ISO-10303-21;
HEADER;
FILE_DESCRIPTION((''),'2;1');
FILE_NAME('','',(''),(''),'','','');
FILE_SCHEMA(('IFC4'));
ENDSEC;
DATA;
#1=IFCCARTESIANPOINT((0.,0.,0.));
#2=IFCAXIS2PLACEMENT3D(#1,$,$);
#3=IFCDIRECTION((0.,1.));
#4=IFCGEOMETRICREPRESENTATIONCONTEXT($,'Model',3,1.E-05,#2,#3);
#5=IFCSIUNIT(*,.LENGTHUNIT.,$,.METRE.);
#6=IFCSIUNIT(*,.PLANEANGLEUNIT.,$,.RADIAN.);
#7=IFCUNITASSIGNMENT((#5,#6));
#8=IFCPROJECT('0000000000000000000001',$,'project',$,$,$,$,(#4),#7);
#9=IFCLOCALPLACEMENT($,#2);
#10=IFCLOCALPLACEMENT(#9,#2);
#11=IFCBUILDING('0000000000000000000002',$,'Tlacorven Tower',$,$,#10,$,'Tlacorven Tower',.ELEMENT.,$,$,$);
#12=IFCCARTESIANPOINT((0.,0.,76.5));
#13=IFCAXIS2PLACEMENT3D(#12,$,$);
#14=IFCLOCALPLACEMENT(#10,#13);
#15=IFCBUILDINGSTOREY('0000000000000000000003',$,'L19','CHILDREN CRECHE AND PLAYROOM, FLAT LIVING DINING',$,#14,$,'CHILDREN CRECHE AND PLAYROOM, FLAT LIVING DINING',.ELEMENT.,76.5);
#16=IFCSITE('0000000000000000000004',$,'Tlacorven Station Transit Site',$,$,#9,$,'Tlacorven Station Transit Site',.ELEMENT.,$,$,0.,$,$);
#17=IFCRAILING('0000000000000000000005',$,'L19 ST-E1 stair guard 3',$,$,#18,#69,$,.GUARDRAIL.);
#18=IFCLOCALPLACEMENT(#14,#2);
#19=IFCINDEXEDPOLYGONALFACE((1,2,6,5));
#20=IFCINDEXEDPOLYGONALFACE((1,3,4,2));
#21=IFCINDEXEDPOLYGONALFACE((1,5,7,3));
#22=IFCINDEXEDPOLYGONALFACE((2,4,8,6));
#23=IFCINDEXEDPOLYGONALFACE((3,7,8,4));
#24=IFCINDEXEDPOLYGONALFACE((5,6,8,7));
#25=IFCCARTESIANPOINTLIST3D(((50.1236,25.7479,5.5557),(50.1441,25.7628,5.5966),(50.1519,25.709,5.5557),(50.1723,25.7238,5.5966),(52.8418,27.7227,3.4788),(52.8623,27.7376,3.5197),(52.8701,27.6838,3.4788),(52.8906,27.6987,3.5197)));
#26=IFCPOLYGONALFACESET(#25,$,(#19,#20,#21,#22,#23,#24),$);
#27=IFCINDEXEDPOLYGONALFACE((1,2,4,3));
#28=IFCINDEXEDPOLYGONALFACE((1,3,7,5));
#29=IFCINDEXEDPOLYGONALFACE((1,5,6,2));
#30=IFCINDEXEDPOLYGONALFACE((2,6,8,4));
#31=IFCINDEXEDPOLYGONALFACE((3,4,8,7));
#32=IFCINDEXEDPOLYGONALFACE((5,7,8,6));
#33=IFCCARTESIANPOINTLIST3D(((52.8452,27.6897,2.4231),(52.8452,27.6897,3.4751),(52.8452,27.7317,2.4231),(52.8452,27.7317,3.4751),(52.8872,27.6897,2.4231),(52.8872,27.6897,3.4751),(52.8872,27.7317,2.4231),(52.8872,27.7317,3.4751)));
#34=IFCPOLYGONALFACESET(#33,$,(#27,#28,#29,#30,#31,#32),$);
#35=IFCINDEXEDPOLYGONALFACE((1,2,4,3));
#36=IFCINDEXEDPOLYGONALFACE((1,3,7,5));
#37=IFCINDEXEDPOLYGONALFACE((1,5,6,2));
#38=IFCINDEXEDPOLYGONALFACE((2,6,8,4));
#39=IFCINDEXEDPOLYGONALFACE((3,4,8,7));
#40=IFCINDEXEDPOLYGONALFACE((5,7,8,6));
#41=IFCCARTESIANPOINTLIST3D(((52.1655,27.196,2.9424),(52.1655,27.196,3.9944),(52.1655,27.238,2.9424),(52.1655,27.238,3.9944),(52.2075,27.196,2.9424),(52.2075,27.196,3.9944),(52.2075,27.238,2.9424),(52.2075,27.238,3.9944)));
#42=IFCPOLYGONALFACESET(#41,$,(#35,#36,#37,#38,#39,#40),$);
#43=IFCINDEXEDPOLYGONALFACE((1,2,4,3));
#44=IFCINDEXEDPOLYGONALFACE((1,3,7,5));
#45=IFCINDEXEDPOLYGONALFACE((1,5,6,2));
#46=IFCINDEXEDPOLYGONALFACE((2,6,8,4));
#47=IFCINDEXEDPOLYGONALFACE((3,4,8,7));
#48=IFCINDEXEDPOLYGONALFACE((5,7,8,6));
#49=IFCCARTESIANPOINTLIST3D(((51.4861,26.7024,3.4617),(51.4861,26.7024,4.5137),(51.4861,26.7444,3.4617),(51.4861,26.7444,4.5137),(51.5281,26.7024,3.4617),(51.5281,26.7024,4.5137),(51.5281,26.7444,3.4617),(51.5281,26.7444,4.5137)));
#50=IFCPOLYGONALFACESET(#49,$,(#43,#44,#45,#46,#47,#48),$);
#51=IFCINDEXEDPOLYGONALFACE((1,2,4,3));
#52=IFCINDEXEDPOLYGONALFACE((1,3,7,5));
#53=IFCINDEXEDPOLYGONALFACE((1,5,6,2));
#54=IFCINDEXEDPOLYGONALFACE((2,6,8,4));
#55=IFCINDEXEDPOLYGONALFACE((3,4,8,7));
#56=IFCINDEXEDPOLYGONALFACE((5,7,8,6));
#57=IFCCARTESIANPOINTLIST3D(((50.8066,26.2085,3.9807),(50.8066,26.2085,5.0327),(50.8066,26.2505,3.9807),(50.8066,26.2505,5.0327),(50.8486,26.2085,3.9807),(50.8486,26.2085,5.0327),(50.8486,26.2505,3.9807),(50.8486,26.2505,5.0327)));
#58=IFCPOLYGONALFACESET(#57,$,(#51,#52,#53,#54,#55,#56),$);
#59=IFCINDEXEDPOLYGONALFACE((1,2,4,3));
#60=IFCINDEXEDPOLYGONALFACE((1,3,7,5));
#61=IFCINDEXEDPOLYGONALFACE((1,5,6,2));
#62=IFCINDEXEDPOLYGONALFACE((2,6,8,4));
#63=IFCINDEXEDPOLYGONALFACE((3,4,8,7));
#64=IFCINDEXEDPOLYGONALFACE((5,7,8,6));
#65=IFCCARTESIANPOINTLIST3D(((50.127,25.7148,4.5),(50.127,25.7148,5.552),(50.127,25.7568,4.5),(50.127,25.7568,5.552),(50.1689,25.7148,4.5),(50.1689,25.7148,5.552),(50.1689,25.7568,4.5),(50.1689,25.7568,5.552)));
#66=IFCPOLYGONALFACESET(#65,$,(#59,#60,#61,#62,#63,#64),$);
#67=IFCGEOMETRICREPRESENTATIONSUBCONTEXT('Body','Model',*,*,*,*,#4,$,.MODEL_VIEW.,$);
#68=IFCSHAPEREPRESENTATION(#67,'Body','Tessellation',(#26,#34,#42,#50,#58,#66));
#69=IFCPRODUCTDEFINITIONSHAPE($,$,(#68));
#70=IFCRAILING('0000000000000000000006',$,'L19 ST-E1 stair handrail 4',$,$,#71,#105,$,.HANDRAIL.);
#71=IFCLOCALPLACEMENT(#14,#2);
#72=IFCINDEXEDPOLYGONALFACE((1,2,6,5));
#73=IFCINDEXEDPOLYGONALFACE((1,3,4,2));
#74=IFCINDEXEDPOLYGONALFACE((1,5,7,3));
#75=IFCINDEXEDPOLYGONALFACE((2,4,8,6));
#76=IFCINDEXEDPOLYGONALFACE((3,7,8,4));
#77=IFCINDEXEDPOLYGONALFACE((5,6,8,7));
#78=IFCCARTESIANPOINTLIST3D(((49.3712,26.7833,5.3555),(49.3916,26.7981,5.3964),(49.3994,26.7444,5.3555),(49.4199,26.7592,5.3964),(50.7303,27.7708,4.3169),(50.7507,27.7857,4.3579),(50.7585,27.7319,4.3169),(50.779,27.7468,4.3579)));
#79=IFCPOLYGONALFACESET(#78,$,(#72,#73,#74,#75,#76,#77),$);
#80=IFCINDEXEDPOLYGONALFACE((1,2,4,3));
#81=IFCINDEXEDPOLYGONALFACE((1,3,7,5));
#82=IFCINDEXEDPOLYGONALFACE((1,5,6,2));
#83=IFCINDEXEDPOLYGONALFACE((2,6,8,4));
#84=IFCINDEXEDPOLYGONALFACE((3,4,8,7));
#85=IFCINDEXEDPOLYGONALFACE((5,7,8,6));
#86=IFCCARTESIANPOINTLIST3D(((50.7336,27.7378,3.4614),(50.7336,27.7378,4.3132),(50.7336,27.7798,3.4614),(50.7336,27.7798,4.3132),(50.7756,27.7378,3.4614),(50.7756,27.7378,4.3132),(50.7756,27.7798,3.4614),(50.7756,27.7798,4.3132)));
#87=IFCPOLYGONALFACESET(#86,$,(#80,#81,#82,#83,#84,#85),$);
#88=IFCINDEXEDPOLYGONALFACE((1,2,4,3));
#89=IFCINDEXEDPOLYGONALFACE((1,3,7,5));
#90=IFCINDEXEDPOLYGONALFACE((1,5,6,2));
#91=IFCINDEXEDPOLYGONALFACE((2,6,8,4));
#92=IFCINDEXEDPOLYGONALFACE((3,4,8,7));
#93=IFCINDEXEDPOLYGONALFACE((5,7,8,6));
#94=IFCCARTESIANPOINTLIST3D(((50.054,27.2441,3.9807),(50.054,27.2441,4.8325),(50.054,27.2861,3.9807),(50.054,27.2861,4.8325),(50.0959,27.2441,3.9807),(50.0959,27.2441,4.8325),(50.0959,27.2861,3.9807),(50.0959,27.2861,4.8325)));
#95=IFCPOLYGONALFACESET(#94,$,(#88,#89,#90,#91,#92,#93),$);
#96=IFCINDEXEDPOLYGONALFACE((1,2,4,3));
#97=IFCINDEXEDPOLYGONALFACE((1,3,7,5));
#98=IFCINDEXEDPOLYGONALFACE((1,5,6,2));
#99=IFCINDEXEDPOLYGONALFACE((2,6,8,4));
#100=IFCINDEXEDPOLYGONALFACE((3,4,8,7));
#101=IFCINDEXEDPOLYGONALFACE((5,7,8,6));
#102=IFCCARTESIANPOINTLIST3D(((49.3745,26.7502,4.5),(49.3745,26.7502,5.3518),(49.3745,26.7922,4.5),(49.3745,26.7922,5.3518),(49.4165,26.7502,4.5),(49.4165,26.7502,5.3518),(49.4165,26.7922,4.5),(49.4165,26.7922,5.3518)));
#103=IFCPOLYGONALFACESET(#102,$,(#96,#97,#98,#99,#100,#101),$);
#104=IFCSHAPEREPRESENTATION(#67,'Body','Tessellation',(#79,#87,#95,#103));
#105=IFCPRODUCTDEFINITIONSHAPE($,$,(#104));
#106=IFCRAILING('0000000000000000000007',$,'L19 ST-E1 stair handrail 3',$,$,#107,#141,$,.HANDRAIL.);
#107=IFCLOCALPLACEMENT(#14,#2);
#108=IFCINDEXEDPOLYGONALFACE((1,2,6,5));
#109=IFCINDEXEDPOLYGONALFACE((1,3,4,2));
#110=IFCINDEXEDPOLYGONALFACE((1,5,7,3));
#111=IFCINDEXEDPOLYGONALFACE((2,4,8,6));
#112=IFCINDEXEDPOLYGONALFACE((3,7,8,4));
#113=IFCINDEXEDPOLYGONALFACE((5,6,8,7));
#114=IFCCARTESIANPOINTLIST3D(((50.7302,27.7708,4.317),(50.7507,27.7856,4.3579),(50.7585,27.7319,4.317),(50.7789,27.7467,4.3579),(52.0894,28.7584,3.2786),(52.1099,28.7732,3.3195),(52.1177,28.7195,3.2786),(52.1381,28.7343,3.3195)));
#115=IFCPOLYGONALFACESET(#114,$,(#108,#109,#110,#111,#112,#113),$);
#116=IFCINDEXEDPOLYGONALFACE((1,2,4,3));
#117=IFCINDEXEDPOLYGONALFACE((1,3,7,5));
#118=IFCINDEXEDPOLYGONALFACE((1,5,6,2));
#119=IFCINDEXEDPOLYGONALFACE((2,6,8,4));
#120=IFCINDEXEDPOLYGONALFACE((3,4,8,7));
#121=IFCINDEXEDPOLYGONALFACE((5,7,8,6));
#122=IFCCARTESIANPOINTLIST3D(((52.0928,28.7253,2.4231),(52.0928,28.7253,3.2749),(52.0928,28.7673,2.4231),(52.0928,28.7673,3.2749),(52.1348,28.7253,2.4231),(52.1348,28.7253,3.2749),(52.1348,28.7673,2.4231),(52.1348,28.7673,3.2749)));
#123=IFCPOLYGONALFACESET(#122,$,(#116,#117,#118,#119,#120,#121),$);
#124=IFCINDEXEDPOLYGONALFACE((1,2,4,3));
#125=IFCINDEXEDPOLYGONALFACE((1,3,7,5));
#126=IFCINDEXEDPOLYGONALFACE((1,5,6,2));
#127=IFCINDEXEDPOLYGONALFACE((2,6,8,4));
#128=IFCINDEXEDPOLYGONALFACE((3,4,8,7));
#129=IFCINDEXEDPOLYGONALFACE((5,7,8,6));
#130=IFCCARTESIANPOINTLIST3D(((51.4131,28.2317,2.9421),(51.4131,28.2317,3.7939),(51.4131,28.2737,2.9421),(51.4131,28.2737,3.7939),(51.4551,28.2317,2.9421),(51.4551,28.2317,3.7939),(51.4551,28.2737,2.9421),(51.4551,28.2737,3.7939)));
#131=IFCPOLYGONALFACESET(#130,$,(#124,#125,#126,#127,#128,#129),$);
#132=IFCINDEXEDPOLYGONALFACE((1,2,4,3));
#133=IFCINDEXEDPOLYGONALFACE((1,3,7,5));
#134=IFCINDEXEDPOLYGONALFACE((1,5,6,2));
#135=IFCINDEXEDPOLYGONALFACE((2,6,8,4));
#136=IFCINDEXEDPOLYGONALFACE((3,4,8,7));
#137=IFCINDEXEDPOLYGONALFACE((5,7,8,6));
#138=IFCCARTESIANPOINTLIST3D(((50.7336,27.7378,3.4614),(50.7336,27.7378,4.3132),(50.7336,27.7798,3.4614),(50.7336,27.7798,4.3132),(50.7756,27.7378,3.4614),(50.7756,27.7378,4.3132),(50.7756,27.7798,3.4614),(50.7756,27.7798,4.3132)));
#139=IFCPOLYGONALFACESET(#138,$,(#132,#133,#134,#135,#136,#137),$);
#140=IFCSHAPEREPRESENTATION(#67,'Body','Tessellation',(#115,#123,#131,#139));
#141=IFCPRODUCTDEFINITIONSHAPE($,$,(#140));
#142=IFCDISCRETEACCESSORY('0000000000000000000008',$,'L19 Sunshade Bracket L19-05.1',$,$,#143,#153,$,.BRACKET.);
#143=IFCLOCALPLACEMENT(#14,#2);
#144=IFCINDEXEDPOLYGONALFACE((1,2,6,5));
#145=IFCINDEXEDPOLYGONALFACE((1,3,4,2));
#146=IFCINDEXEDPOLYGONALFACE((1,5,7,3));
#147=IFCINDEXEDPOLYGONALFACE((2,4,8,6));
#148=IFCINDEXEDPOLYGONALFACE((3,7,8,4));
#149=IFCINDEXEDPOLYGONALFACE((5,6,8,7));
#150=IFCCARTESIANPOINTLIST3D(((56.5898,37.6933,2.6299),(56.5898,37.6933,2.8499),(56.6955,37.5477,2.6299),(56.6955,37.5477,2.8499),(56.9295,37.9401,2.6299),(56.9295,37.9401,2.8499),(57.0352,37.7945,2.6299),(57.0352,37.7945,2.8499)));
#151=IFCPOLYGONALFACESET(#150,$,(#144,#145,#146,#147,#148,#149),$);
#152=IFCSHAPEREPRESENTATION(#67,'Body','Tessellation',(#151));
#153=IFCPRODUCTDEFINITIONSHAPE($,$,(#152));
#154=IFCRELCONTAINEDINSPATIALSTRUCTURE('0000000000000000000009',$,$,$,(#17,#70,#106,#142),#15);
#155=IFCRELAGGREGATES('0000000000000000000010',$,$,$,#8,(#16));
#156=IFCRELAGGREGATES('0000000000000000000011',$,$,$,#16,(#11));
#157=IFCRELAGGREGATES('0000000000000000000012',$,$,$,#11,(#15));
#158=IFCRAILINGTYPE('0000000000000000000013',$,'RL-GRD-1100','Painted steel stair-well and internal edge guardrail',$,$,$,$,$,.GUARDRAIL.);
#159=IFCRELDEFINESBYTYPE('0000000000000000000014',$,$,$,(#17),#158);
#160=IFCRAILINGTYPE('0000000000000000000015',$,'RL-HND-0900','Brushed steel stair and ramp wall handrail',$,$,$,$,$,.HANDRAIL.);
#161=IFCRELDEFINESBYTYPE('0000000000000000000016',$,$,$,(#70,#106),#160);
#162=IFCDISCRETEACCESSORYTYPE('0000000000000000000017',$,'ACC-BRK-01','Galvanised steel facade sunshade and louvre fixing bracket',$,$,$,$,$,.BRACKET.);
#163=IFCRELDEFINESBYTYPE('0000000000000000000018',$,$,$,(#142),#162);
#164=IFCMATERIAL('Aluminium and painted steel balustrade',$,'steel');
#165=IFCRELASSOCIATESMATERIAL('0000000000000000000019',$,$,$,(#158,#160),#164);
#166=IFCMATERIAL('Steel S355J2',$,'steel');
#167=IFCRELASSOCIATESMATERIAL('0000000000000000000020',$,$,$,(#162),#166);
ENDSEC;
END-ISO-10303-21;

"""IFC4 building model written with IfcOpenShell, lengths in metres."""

from ifc_helpers import new_model, si_unit, direction, frame, origin, origin_2d, place, context, subcontext, project, spatial, rectangle, extrude, source, transform, mapped, material, type_object, element, save


model = new_model("IFC4")

# Units and contexts
model_context = context("Model", 3, precision=1e-05, world=origin(), true_north=direction((0.0, 1.0)))
body_context = subcontext(model_context, "Body", "Model", "MODEL_VIEW")
ifc_project = project(units=[si_unit("LENGTHUNIT", "METRE"), si_unit("PLANEANGLEUNIT", "RADIAN")], contexts=[model_context])

# Site, building, storey
site_placement = place(None, origin())
site = spatial("IfcSite", under=ifc_project, at=site_placement, Name="Tlacorven Station Transit Site", LongName="Tlacorven Station Transit Site", CompositionType="ELEMENT", RefElevation=0.0)
building_placement = place(site_placement, origin())
building = spatial("IfcBuilding", under=site, at=building_placement, Name="Tlacorven Tower", LongName="Tlacorven Tower", CompositionType="ELEMENT")
storey_placement = place(building_placement, frame((0.0, 0.0, 76.5)))
storey = spatial("IfcBuildingStorey", under=building, at=storey_placement, Name="L19", Description="CHILDREN CRECHE AND PLAYROOM, FLAT LIVING DINING", LongName="CHILDREN CRECHE AND PLAYROOM, FLAT LIVING DINING", CompositionType="ELEMENT", Elevation=76.5)

# Shared definitions
ifc_material_1 = material(Name="Steel S355J2", Category="steel")

# Shared definitions
ifc_material_2 = material(Name="Aluminium and painted steel balustrade", Category="steel")

# Railings
railing_type_1 = type_object("IfcRailingType", Name="RL-GRD-1100", Description="Painted steel stair-well and internal edge guardrail", PredefinedType="GUARDRAIL", material=ifc_material_2)
shared_shape_1 = source(origin(), body_context, "Body", "SweptSolid", [
    extrude(rectangle(XDim=0.0481, YDim=0.0481, at=origin_2d()), frame((0.0, 0.0, 1.0762), z_axis=(-0.688167, -0.499963, 0.525798), x_axis=(0.58777, -0.809028, 0.0)), (0.0, 0.0, 1.0), 3.95),
    extrude(rectangle(XDim=0.042, YDim=0.042, at=origin_2d()), origin(), (0.0, 0.0, 1.0), 1.052),
    extrude(rectangle(XDim=0.042, YDim=0.042, at=origin_2d()), frame((-0.6797, -0.4937, 0.5193)), (0.0, 0.0, 1.0), 1.052),
    extrude(rectangle(XDim=0.042, YDim=0.042, at=origin_2d()), frame((-1.3591, -0.9873, 1.0386)), (0.0, 0.0, 1.0), 1.052),
    extrude(rectangle(XDim=0.042, YDim=0.042, at=origin_2d()), frame((-2.0386, -1.4812, 1.5576)), (0.0, 0.0, 1.0), 1.052),
    extrude(rectangle(XDim=0.042, YDim=0.042, at=origin_2d()), frame((-2.7183, -1.9749, 2.0769)), (0.0, 0.0, 1.0), 1.052),
])
railing_1_placement = place(storey_placement, frame((52.8662, 27.7107, 2.4231)))
element("IfcRailing", 1, at=railing_1_placement, inside=storey, type_object=railing_type_1, Name="L19 ST-E1 stair guard 3", PredefinedType="GUARDRAIL", context=body_context, shape_type="MappedRepresentation", body=[
    mapped(shared_shape_1, transform((0.0, 0.0, 0.0), scale=1.0)),
])
railing_type_2 = type_object("IfcRailingType", Name="RL-HND-0900", Description="Brushed steel stair and ramp wall handrail", PredefinedType="HANDRAIL", material=ifc_material_2)
shared_shape_2 = source(origin(), body_context, "Body", "SweptSolid", [
    extrude(rectangle(XDim=0.0481, YDim=0.0481, at=origin_2d()), frame((0.0, 0.0, 0.876), z_axis=(-0.688123, -0.499993, 0.525827), x_axis=(0.587817, -0.808994, 0.0)), (0.0, 0.0, 1.0), 1.9751),
    extrude(rectangle(XDim=0.042, YDim=0.042, at=origin_2d()), origin(), (0.0, 0.0, 1.0), 0.8518),
    extrude(rectangle(XDim=0.042, YDim=0.042, at=origin_2d()), frame((-0.6797, -0.4937, 0.5193)), (0.0, 0.0, 1.0), 0.8518),
    extrude(rectangle(XDim=0.042, YDim=0.042, at=origin_2d()), frame((-1.3591, -0.9875, 1.0386)), (0.0, 0.0, 1.0), 0.8518),
])
railing_2_placement = place(storey_placement, frame((50.7546, 27.7588, 3.4614)))
element("IfcRailing", 2, at=railing_2_placement, inside=storey, type_object=railing_type_2, Name="L19 ST-E1 stair handrail 4", PredefinedType="HANDRAIL", context=body_context, shape_type="MappedRepresentation", body=[
    mapped(shared_shape_2, transform((0.0, 0.0, 0.0), scale=1.0)),
])
shared_shape_3 = source(origin(), body_context, "Body", "SweptSolid", [
    extrude(rectangle(XDim=0.0481, YDim=0.0481, at=origin_2d()), frame((0.0, 0.0, 0.876), z_axis=(-0.688168, -0.500025, 0.525737), x_axis=(0.587817, -0.808994, 0.0)), (0.0, 0.0, 1.0), 1.9751),
    extrude(rectangle(XDim=0.042, YDim=0.042, at=origin_2d()), origin(), (0.0, 0.0, 1.0), 0.8518),
    extrude(rectangle(XDim=0.042, YDim=0.042, at=origin_2d()), frame((-0.6797, -0.4937, 0.519)), (0.0, 0.0, 1.0), 0.8518),
    extrude(rectangle(XDim=0.042, YDim=0.042, at=origin_2d()), frame((-1.3591, -0.9875, 1.0383)), (0.0, 0.0, 1.0), 0.8518),
])
railing_3_placement = place(storey_placement, frame((52.1138, 28.7463, 2.4231)))
element("IfcRailing", 3, at=railing_3_placement, inside=storey, type_object=railing_type_2, Name="L19 ST-E1 stair handrail 3", PredefinedType="HANDRAIL", context=body_context, shape_type="MappedRepresentation", body=[
    mapped(shared_shape_3, transform((0.0, 0.0, 0.0), scale=1.0)),
])

# Discrete accessory
discrete_accessory_type = type_object("IfcDiscreteAccessoryType", Name="ACC-BRK-01", Description="Galvanised steel facade sunshade and louvre fixing bracket", PredefinedType="BRACKET", material=ifc_material_1)
shared_shape_4 = source(origin(), body_context, "Body", "SweptSolid", [
    extrude(rectangle(XDim=0.1799, YDim=0.4199, at=origin_2d()), origin(), (0.0, 0.0, 1.0), 0.22),
])
discrete_accessory_placement = place(storey_placement, frame((56.8125, 37.7439, 2.6299), z_axis=(0.0, 0.0, 1.0), x_axis=(0.587785, -0.809017, 0.0)))
element("IfcDiscreteAccessory", 4, at=discrete_accessory_placement, inside=storey, type_object=discrete_accessory_type, Name="L19 Sunshade Bracket L19-05.1", PredefinedType="BRACKET", context=body_context, shape_type="MappedRepresentation", body=[
    mapped(shared_shape_4, transform((0.0, 0.0, 0.0), scale=1.0)),
])

save(model, "model.ifc")
